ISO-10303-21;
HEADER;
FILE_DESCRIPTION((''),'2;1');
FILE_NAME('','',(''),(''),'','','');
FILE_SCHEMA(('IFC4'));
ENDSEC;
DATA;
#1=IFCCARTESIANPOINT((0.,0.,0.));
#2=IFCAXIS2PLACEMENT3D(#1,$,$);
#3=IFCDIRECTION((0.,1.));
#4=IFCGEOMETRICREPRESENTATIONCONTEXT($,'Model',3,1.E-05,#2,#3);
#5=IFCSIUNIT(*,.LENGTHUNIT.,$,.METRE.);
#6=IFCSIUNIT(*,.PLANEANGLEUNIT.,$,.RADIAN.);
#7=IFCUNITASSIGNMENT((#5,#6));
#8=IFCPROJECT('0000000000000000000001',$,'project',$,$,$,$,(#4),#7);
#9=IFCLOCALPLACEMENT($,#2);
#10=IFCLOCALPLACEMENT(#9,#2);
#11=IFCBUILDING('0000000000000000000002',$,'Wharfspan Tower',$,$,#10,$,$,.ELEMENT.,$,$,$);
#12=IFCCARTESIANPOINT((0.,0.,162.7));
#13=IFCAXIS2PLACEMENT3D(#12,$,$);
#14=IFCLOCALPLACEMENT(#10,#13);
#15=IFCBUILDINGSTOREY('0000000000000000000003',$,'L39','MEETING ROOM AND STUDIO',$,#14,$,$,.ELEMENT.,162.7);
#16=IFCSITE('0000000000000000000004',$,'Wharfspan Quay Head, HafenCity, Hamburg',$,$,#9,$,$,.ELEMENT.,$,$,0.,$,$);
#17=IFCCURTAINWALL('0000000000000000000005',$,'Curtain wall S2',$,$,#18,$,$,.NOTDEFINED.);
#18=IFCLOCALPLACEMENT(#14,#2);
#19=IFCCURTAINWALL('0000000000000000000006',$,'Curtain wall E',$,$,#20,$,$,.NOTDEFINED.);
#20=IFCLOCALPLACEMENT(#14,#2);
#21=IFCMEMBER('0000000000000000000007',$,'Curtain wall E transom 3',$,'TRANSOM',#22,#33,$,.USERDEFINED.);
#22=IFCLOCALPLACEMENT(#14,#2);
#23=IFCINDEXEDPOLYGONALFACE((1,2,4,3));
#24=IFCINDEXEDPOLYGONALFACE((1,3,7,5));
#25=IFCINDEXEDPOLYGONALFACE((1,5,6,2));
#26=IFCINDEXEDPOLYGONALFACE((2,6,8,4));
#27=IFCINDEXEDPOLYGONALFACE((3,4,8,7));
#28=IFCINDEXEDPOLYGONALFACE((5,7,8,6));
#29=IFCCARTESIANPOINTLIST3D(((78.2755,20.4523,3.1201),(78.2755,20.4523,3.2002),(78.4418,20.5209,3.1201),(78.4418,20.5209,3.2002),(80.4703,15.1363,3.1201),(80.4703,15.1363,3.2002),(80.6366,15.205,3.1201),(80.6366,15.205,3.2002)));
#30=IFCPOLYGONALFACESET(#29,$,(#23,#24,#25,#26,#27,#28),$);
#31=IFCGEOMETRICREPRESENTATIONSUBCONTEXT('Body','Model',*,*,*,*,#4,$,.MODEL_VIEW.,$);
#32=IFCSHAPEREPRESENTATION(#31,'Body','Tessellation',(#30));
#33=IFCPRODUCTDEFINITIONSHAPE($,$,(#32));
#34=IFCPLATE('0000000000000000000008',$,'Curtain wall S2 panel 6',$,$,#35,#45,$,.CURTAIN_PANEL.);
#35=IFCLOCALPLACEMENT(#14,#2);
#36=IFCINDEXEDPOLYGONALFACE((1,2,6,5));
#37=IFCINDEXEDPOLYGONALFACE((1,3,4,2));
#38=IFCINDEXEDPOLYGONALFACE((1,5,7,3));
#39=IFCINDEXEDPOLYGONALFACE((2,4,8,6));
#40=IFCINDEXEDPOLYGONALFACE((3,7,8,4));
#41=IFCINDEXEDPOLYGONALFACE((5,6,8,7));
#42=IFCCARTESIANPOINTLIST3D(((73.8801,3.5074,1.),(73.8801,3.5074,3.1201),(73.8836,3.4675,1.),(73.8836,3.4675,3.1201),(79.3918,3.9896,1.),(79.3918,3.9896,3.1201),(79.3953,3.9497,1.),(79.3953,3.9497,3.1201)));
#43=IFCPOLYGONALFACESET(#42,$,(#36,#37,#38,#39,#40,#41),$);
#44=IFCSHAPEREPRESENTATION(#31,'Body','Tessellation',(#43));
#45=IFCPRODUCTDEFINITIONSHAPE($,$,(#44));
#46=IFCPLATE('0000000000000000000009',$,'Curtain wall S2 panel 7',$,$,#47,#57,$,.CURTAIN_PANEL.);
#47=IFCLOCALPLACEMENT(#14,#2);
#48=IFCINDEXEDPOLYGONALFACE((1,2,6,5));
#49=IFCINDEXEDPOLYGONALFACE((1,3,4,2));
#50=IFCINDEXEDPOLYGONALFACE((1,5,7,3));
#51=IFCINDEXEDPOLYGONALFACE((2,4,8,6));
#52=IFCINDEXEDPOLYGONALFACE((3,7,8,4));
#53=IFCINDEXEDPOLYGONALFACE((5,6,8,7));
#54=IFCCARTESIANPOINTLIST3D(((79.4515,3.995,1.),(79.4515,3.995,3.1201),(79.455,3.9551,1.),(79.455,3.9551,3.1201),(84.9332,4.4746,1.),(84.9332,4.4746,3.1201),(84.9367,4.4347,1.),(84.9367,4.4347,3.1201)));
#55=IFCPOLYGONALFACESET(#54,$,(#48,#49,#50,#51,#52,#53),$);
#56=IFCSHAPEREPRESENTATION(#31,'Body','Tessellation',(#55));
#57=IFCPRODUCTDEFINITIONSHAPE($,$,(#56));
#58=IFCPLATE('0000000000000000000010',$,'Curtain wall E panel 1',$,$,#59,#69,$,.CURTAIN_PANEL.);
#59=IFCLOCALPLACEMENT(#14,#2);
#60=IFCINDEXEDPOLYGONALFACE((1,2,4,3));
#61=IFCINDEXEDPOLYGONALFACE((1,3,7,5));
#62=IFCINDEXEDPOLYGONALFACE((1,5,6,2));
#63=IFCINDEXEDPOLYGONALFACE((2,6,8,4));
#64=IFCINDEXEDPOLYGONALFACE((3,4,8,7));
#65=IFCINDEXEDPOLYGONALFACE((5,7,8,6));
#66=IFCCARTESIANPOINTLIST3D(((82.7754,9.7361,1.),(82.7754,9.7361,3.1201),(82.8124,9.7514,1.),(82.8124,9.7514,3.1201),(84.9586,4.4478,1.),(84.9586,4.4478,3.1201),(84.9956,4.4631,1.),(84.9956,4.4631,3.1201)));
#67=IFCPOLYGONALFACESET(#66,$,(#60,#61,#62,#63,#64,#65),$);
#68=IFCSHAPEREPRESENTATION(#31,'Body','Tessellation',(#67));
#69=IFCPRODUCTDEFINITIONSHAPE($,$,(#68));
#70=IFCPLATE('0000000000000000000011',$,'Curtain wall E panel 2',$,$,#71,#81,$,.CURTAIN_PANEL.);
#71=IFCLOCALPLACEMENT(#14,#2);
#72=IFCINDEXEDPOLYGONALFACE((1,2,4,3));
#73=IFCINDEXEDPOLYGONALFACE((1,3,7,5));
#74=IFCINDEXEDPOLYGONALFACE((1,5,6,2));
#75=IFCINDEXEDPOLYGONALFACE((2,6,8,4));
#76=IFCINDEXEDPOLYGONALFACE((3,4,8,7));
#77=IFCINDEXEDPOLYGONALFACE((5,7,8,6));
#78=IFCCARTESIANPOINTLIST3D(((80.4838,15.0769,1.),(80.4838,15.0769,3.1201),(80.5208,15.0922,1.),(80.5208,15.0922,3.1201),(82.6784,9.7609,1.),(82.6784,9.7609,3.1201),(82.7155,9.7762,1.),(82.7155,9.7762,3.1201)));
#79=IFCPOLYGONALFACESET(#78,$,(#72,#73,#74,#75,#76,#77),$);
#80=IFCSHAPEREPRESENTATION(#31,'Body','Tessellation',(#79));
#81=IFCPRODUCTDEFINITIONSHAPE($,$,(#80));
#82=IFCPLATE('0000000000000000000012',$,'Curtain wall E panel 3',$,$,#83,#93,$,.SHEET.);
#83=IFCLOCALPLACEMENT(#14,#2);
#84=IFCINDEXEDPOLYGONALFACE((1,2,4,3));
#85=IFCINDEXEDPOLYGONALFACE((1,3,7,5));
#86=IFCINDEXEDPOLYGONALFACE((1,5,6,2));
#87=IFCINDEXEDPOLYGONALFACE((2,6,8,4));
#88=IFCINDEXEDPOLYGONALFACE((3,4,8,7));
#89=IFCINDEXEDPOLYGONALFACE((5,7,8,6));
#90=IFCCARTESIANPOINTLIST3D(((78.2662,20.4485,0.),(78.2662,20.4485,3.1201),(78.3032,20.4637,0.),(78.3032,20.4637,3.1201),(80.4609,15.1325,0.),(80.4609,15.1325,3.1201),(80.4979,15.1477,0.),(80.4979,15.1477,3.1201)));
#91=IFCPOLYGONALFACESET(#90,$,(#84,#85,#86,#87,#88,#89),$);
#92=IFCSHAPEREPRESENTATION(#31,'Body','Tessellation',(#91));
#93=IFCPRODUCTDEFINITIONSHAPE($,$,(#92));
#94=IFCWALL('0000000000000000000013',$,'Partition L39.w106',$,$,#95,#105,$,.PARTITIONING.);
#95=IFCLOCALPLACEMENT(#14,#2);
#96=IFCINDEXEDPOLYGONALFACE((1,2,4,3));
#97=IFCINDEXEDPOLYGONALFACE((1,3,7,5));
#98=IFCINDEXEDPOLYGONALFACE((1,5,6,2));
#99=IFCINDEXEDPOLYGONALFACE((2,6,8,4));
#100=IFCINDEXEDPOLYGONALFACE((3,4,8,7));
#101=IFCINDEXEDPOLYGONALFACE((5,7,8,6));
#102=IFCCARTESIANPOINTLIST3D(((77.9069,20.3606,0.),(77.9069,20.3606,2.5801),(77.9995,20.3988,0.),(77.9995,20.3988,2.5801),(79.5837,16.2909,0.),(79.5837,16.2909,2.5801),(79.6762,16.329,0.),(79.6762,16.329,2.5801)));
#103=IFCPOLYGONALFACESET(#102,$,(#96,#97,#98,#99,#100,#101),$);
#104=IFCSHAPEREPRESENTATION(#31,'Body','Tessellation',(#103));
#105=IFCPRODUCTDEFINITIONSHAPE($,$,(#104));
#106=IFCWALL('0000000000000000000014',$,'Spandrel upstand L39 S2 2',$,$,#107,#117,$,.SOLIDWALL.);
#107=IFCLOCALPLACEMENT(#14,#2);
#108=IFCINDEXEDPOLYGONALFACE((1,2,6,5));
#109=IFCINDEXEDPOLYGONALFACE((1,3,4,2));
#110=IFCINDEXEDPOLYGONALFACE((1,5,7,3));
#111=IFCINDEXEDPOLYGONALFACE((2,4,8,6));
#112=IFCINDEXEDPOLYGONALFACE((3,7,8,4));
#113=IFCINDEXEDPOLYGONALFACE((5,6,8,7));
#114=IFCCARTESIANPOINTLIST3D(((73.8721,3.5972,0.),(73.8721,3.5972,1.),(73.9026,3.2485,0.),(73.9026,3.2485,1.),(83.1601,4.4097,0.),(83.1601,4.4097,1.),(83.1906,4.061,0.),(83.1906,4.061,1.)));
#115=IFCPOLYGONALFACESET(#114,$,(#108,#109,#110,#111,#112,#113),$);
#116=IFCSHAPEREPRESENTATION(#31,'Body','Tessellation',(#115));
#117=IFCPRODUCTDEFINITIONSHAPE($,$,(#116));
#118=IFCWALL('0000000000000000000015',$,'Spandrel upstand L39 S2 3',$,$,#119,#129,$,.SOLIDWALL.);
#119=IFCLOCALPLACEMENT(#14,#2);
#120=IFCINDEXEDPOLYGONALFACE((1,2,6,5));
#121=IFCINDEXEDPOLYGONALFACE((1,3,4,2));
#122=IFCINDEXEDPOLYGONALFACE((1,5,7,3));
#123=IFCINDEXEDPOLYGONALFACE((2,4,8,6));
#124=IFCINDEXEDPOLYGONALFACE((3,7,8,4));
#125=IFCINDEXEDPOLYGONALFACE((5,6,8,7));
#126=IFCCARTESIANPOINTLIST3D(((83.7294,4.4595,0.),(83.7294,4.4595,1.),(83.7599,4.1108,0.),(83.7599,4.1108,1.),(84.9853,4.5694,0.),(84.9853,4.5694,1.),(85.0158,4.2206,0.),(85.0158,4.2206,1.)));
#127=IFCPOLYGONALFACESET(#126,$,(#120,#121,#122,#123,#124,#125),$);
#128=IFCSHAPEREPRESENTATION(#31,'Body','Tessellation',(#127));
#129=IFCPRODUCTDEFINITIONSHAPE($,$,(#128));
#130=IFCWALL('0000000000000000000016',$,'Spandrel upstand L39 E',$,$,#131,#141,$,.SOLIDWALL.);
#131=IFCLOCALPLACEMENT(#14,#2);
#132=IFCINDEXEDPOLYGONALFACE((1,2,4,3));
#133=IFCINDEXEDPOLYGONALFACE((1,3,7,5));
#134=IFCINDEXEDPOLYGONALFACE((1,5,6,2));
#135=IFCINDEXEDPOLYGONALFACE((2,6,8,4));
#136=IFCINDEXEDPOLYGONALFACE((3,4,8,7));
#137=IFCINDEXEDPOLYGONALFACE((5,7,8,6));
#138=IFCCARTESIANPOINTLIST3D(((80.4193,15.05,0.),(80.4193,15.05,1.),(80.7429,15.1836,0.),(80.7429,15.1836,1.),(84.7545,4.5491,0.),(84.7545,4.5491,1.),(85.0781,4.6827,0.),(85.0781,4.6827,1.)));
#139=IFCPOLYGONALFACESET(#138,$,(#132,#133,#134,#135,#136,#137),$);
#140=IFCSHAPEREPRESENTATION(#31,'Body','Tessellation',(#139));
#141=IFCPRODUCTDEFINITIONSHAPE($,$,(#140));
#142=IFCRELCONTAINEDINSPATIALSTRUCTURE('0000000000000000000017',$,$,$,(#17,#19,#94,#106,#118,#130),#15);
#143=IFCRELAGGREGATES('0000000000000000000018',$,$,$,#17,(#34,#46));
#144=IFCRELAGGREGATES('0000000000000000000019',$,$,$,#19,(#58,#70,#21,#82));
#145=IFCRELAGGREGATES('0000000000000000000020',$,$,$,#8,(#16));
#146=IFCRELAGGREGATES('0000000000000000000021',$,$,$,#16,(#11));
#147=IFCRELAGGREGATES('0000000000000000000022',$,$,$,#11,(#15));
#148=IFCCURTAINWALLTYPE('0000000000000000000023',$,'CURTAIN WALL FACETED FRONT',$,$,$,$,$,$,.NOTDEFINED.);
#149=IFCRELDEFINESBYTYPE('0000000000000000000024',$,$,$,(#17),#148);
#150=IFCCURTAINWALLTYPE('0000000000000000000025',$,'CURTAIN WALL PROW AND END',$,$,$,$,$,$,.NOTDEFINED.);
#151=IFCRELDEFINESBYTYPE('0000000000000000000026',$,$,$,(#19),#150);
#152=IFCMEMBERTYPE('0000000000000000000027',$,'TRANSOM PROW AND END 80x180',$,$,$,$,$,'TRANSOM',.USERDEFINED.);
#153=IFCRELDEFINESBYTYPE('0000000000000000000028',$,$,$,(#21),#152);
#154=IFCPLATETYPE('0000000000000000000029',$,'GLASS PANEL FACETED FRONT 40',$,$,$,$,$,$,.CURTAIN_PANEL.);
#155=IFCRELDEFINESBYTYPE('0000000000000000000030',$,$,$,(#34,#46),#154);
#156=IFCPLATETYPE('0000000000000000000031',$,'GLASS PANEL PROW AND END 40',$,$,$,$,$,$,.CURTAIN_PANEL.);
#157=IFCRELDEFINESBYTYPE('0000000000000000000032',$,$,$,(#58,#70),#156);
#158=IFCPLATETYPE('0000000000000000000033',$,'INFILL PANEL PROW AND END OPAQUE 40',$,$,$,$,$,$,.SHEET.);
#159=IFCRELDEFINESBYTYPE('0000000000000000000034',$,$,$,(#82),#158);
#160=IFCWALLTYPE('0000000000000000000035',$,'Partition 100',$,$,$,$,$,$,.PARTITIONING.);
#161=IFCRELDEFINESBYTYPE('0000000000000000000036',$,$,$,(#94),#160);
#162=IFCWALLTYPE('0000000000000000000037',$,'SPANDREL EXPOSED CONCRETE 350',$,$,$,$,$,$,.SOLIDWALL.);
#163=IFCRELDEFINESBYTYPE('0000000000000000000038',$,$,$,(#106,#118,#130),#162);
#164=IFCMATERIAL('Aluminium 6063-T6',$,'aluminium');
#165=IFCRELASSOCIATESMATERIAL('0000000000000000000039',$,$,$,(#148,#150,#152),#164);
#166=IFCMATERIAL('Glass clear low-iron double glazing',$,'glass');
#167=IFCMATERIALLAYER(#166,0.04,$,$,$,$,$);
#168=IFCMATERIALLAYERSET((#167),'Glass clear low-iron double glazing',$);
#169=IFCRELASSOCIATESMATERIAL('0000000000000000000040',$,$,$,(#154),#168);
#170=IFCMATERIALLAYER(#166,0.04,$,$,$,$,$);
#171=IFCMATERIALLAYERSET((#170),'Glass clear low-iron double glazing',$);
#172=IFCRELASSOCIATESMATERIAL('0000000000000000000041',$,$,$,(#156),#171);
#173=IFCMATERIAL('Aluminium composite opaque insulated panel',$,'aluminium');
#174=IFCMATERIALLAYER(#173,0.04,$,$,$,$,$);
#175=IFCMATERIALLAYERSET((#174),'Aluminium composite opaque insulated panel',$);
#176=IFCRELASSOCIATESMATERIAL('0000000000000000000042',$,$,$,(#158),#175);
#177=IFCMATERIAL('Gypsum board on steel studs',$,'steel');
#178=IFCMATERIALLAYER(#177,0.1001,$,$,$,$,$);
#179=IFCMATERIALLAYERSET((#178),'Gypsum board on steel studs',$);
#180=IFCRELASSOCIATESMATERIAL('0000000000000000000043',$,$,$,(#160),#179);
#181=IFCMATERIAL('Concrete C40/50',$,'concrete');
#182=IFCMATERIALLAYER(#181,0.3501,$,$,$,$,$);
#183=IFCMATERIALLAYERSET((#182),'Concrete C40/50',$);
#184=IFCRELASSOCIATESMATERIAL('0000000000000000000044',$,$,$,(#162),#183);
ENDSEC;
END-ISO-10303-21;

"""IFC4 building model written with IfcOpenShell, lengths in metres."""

from ifc_helpers import new_model, si_unit, direction, frame, frame_2d, origin, origin_2d, place, context, subcontext, project, spatial, rectangle, extrude, material, layer, layer_set, material_profile, profile_set, type_object, element, aggregate, save


model = new_model("IFC4")

# Units and contexts
model_context = context("Model", 3, precision=1e-05, world=origin(), true_north=direction((0.0, 1.0)))
body_context = subcontext(model_context, "Body", "Model", "MODEL_VIEW")
ifc_project = project(units=[si_unit("LENGTHUNIT", "METRE"), si_unit("PLANEANGLEUNIT", "RADIAN")], contexts=[model_context])

# Site, building, storey
site_placement = place(None, origin())
site = spatial("IfcSite", under=ifc_project, at=site_placement, Name="Wharfspan Quay Head, HafenCity, Hamburg", CompositionType="ELEMENT", RefElevation=0.0)
building_placement = place(site_placement, origin())
building = spatial("IfcBuilding", under=site, at=building_placement, Name="Wharfspan Tower", CompositionType="ELEMENT")
storey_placement = place(building_placement, frame((0.0, 0.0, 162.7)))
storey = spatial("IfcBuildingStorey", under=building, at=storey_placement, Name="L39", Description="MEETING ROOM AND STUDIO", CompositionType="ELEMENT", Elevation=162.7)

# Curtain walls
ifc_material_1 = material(Name="Aluminium 6063-T6", Category="aluminium")
curtain_wall_type_1 = type_object("IfcCurtainWallType", Name="CURTAIN WALL FACETED FRONT", PredefinedType="NOTDEFINED", material=ifc_material_1)
curtain_wall_1_placement = place(storey_placement, origin())
curtain_wall_1 = element("IfcCurtainWall", 1, at=curtain_wall_1_placement, inside=storey, type_object=curtain_wall_type_1, Name="Curtain wall S2", PredefinedType="NOTDEFINED")
curtain_wall_type_2 = type_object("IfcCurtainWallType", Name="CURTAIN WALL PROW AND END", PredefinedType="NOTDEFINED", material=ifc_material_1)
curtain_wall_2_placement = place(storey_placement, origin())
curtain_wall_2 = element("IfcCurtainWall", 2, at=curtain_wall_2_placement, inside=storey, type_object=curtain_wall_type_2, Name="Curtain wall E", PredefinedType="NOTDEFINED")

# Member
ifc_material_profile_1 = material_profile(ifc_material_1, rectangle(XDim=0.1799, YDim=0.0801, at=origin_2d()))
ifc_profile_set_1 = profile_set([ifc_material_profile_1], Name="Aluminium 6063-T6")
member_type_1 = type_object("IfcMemberType", Name="TRANSOM PROW AND END 80x180", ElementType="TRANSOM", PredefinedType="USERDEFINED", material=ifc_profile_set_1)
member_1_placement = place(storey_placement, frame((80.5535, 15.1707, 3.1602), z_axis=(-0.381629, 0.924315, 0.0), x_axis=(-0.924315, -0.381629, 0.0)))
member_1 = element("IfcMember", 3, at=member_1_placement, type_object=member_type_1, Name="Curtain wall E transom 3", ObjectType="TRANSOM", PredefinedType="USERDEFINED", context=body_context, shape_type="SweptSolid", body=[
    extrude(rectangle(XDim=0.1799, YDim=0.0801, at=origin_2d()), origin(), (0.0, 0.0, 1.0), 5.7512),
])

# Plates
ifc_material_2 = material(Name="Glass clear low-iron double glazing", Category="glass")
ifc_layer_1 = layer(ifc_material_2, 0.04)
ifc_layer_set_1 = layer_set([ifc_layer_1], Name="Glass clear low-iron double glazing")
plate_type_1 = type_object("IfcPlateType", Name="GLASS PANEL FACETED FRONT 40", PredefinedType="CURTAIN_PANEL", material=ifc_layer_set_1)
plate_1_placement = place(storey_placement, frame((76.6377, 3.7285, 1.0), z_axis=(0.0, 0.0, 1.0), x_axis=(0.996198, 0.087156, 0.0)))
plate_1 = element("IfcPlate", 4, at=plate_1_placement, type_object=plate_type_1, Name="Curtain wall S2 panel 6", PredefinedType="CURTAIN_PANEL", context=body_context, shape_type="SweptSolid", body=[
    extrude(rectangle(XDim=5.5327, YDim=0.04, at=origin_2d()), origin(), (0.0, 0.0, 1.0), 2.1201),
])
plate_2_placement = place(storey_placement, frame((82.1941, 4.2148, 1.0), z_axis=(0.0, 0.0, 1.0), x_axis=(0.996198, 0.087156, 0.0)))
plate_2 = element("IfcPlate", 5, at=plate_2_placement, type_object=plate_type_1, Name="Curtain wall S2 panel 7", PredefinedType="CURTAIN_PANEL", context=body_context, shape_type="SweptSolid", body=[
    extrude(rectangle(XDim=5.5027, YDim=0.04, at=origin_2d()), origin(), (0.0, 0.0, 1.0), 2.1201),
])
aggregate(curtain_wall_1, [plate_1, plate_2])
ifc_layer_2 = layer(ifc_material_2, 0.04)
ifc_layer_set_2 = layer_set([ifc_layer_2], Name="Glass clear low-iron double glazing")
plate_type_2 = type_object("IfcPlateType", Name="GLASS PANEL PROW AND END 40", PredefinedType="CURTAIN_PANEL", material=ifc_layer_set_2)
plate_3_placement = place(storey_placement, frame((83.8855, 7.0996, 1.0), z_axis=(0.0, 0.0, 1.0), x_axis=(-0.381602, 0.924325, 0.0)))
plate_3 = element("IfcPlate", 6, at=plate_3_placement, type_object=plate_type_2, Name="Curtain wall E panel 1", PredefinedType="CURTAIN_PANEL", context=body_context, shape_type="SweptSolid", body=[
    extrude(rectangle(XDim=5.7212, YDim=0.04, at=origin_2d()), origin(), (0.0, 0.0, 1.0), 2.1201),
])
plate_4_placement = place(storey_placement, frame((81.5996, 12.4265, 1.0), z_axis=(0.0, 0.0, 1.0), x_axis=(-0.381602, 0.924325, 0.0)))
plate_4 = element("IfcPlate", 7, at=plate_4_placement, type_object=plate_type_2, Name="Curtain wall E panel 2", PredefinedType="CURTAIN_PANEL", context=body_context, shape_type="SweptSolid", body=[
    extrude(rectangle(XDim=5.7512, YDim=0.04, at=origin_2d()), origin(), (0.0, 0.0, 1.0), 2.1201),
])
ifc_material_3 = material(Name="Aluminium composite opaque insulated panel", Category="aluminium")
ifc_layer_3 = layer(ifc_material_3, 0.04)
ifc_layer_set_3 = layer_set([ifc_layer_3], Name="Aluminium composite opaque insulated panel")
plate_type_3 = type_object("IfcPlateType", Name="INFILL PANEL PROW AND END OPAQUE 40", PredefinedType="SHEET", material=ifc_layer_set_3)
plate_5_placement = place(storey_placement, frame((79.3821, 17.7981, 0.0), z_axis=(0.0, 0.0, 1.0), x_axis=(-0.381602, 0.924325, 0.0)))
plate_5 = element("IfcPlate", 8, at=plate_5_placement, type_object=plate_type_3, Name="Curtain wall E panel 3", PredefinedType="SHEET", context=body_context, shape_type="SweptSolid", body=[
    extrude(rectangle(XDim=5.7512, YDim=0.04, at=origin_2d()), origin(), (0.0, 0.0, 1.0), 3.1201),
])
aggregate(curtain_wall_2, [plate_3, plate_4, member_1, plate_5])

# Walls
ifc_material_4 = material(Name="Gypsum board on steel studs", Category="steel")
ifc_layer_4 = layer(ifc_material_4, 0.1001)
ifc_layer_set_4 = layer_set([ifc_layer_4], Name="Gypsum board on steel studs")
wall_type_1 = type_object("IfcWallType", Name="Partition 100", PredefinedType="PARTITIONING", material=ifc_layer_set_4)
wall_1_placement = place(storey_placement, frame((79.6299, 16.3101, 0.0), z_axis=(0.0, 0.0, 1.0), x_axis=(-0.380933, 0.9246, 0.0)))
element("IfcWall", 9, at=wall_1_placement, inside=storey, type_object=wall_type_1, Name="Partition L39.w106", PredefinedType="PARTITIONING", context=body_context, shape_type="SweptSolid", body=[
    extrude(rectangle(XDim=4.4016, YDim=0.1001, at=frame_2d((2.2007, 0.0))), origin(), (0.0, 0.0, 1.0), 2.5801),
])
ifc_material_5 = material(Name="Concrete C40/50", Category="concrete")
ifc_layer_5 = layer(ifc_material_5, 0.3501)
ifc_layer_set_5 = layer_set([ifc_layer_5], Name="Concrete C40/50")
wall_type_2 = type_object("IfcWallType", Name="SPANDREL EXPOSED CONCRETE 350", PredefinedType="SOLIDWALL", material=ifc_layer_set_5)
wall_2_placement = place(storey_placement, frame((73.8875, 3.4229, 0.0), z_axis=(0.0, 0.0, 1.0), x_axis=(0.996197, 0.087145, 0.0)))
element("IfcWall", 10, at=wall_2_placement, inside=storey, type_object=wall_type_2, Name="Spandrel upstand L39 S2 2", PredefinedType="SOLIDWALL", context=body_context, shape_type="SweptSolid", body=[
    extrude(rectangle(XDim=9.3235, YDim=0.3501, at=frame_2d((4.6616, 0.0))), origin(), (0.0, 0.0, 1.0), 1.0),
])
wall_3_placement = place(storey_placement, frame((83.7446, 4.2852, 0.0), z_axis=(0.0, 0.0, 1.0), x_axis=(0.996198, 0.087148, 0.0)))
element("IfcWall", 11, at=wall_3_placement, inside=storey, type_object=wall_type_2, Name="Spandrel upstand L39 S2 3", PredefinedType="SOLIDWALL", context=body_context, shape_type="SweptSolid", body=[
    extrude(rectangle(XDim=1.2607, YDim=0.3501, at=frame_2d((0.6304, 0.0))), origin(), (0.0, 0.0, 1.0), 1.0),
])
wall_4_placement = place(storey_placement, frame((84.9163, 4.616, 0.0), z_axis=(0.0, 0.0, 1.0), x_axis=(-0.381598, 0.924328, 0.0)))
element("IfcWall", 12, at=wall_4_placement, inside=storey, type_object=wall_type_2, Name="Spandrel upstand L39 E", PredefinedType="SOLIDWALL", context=body_context, shape_type="SweptSolid", body=[
    extrude(rectangle(XDim=11.3606, YDim=0.3501, at=frame_2d((5.6802, 0.0))), origin(), (0.0, 0.0, 1.0), 1.0),
])

save(model, "model.ifc")
